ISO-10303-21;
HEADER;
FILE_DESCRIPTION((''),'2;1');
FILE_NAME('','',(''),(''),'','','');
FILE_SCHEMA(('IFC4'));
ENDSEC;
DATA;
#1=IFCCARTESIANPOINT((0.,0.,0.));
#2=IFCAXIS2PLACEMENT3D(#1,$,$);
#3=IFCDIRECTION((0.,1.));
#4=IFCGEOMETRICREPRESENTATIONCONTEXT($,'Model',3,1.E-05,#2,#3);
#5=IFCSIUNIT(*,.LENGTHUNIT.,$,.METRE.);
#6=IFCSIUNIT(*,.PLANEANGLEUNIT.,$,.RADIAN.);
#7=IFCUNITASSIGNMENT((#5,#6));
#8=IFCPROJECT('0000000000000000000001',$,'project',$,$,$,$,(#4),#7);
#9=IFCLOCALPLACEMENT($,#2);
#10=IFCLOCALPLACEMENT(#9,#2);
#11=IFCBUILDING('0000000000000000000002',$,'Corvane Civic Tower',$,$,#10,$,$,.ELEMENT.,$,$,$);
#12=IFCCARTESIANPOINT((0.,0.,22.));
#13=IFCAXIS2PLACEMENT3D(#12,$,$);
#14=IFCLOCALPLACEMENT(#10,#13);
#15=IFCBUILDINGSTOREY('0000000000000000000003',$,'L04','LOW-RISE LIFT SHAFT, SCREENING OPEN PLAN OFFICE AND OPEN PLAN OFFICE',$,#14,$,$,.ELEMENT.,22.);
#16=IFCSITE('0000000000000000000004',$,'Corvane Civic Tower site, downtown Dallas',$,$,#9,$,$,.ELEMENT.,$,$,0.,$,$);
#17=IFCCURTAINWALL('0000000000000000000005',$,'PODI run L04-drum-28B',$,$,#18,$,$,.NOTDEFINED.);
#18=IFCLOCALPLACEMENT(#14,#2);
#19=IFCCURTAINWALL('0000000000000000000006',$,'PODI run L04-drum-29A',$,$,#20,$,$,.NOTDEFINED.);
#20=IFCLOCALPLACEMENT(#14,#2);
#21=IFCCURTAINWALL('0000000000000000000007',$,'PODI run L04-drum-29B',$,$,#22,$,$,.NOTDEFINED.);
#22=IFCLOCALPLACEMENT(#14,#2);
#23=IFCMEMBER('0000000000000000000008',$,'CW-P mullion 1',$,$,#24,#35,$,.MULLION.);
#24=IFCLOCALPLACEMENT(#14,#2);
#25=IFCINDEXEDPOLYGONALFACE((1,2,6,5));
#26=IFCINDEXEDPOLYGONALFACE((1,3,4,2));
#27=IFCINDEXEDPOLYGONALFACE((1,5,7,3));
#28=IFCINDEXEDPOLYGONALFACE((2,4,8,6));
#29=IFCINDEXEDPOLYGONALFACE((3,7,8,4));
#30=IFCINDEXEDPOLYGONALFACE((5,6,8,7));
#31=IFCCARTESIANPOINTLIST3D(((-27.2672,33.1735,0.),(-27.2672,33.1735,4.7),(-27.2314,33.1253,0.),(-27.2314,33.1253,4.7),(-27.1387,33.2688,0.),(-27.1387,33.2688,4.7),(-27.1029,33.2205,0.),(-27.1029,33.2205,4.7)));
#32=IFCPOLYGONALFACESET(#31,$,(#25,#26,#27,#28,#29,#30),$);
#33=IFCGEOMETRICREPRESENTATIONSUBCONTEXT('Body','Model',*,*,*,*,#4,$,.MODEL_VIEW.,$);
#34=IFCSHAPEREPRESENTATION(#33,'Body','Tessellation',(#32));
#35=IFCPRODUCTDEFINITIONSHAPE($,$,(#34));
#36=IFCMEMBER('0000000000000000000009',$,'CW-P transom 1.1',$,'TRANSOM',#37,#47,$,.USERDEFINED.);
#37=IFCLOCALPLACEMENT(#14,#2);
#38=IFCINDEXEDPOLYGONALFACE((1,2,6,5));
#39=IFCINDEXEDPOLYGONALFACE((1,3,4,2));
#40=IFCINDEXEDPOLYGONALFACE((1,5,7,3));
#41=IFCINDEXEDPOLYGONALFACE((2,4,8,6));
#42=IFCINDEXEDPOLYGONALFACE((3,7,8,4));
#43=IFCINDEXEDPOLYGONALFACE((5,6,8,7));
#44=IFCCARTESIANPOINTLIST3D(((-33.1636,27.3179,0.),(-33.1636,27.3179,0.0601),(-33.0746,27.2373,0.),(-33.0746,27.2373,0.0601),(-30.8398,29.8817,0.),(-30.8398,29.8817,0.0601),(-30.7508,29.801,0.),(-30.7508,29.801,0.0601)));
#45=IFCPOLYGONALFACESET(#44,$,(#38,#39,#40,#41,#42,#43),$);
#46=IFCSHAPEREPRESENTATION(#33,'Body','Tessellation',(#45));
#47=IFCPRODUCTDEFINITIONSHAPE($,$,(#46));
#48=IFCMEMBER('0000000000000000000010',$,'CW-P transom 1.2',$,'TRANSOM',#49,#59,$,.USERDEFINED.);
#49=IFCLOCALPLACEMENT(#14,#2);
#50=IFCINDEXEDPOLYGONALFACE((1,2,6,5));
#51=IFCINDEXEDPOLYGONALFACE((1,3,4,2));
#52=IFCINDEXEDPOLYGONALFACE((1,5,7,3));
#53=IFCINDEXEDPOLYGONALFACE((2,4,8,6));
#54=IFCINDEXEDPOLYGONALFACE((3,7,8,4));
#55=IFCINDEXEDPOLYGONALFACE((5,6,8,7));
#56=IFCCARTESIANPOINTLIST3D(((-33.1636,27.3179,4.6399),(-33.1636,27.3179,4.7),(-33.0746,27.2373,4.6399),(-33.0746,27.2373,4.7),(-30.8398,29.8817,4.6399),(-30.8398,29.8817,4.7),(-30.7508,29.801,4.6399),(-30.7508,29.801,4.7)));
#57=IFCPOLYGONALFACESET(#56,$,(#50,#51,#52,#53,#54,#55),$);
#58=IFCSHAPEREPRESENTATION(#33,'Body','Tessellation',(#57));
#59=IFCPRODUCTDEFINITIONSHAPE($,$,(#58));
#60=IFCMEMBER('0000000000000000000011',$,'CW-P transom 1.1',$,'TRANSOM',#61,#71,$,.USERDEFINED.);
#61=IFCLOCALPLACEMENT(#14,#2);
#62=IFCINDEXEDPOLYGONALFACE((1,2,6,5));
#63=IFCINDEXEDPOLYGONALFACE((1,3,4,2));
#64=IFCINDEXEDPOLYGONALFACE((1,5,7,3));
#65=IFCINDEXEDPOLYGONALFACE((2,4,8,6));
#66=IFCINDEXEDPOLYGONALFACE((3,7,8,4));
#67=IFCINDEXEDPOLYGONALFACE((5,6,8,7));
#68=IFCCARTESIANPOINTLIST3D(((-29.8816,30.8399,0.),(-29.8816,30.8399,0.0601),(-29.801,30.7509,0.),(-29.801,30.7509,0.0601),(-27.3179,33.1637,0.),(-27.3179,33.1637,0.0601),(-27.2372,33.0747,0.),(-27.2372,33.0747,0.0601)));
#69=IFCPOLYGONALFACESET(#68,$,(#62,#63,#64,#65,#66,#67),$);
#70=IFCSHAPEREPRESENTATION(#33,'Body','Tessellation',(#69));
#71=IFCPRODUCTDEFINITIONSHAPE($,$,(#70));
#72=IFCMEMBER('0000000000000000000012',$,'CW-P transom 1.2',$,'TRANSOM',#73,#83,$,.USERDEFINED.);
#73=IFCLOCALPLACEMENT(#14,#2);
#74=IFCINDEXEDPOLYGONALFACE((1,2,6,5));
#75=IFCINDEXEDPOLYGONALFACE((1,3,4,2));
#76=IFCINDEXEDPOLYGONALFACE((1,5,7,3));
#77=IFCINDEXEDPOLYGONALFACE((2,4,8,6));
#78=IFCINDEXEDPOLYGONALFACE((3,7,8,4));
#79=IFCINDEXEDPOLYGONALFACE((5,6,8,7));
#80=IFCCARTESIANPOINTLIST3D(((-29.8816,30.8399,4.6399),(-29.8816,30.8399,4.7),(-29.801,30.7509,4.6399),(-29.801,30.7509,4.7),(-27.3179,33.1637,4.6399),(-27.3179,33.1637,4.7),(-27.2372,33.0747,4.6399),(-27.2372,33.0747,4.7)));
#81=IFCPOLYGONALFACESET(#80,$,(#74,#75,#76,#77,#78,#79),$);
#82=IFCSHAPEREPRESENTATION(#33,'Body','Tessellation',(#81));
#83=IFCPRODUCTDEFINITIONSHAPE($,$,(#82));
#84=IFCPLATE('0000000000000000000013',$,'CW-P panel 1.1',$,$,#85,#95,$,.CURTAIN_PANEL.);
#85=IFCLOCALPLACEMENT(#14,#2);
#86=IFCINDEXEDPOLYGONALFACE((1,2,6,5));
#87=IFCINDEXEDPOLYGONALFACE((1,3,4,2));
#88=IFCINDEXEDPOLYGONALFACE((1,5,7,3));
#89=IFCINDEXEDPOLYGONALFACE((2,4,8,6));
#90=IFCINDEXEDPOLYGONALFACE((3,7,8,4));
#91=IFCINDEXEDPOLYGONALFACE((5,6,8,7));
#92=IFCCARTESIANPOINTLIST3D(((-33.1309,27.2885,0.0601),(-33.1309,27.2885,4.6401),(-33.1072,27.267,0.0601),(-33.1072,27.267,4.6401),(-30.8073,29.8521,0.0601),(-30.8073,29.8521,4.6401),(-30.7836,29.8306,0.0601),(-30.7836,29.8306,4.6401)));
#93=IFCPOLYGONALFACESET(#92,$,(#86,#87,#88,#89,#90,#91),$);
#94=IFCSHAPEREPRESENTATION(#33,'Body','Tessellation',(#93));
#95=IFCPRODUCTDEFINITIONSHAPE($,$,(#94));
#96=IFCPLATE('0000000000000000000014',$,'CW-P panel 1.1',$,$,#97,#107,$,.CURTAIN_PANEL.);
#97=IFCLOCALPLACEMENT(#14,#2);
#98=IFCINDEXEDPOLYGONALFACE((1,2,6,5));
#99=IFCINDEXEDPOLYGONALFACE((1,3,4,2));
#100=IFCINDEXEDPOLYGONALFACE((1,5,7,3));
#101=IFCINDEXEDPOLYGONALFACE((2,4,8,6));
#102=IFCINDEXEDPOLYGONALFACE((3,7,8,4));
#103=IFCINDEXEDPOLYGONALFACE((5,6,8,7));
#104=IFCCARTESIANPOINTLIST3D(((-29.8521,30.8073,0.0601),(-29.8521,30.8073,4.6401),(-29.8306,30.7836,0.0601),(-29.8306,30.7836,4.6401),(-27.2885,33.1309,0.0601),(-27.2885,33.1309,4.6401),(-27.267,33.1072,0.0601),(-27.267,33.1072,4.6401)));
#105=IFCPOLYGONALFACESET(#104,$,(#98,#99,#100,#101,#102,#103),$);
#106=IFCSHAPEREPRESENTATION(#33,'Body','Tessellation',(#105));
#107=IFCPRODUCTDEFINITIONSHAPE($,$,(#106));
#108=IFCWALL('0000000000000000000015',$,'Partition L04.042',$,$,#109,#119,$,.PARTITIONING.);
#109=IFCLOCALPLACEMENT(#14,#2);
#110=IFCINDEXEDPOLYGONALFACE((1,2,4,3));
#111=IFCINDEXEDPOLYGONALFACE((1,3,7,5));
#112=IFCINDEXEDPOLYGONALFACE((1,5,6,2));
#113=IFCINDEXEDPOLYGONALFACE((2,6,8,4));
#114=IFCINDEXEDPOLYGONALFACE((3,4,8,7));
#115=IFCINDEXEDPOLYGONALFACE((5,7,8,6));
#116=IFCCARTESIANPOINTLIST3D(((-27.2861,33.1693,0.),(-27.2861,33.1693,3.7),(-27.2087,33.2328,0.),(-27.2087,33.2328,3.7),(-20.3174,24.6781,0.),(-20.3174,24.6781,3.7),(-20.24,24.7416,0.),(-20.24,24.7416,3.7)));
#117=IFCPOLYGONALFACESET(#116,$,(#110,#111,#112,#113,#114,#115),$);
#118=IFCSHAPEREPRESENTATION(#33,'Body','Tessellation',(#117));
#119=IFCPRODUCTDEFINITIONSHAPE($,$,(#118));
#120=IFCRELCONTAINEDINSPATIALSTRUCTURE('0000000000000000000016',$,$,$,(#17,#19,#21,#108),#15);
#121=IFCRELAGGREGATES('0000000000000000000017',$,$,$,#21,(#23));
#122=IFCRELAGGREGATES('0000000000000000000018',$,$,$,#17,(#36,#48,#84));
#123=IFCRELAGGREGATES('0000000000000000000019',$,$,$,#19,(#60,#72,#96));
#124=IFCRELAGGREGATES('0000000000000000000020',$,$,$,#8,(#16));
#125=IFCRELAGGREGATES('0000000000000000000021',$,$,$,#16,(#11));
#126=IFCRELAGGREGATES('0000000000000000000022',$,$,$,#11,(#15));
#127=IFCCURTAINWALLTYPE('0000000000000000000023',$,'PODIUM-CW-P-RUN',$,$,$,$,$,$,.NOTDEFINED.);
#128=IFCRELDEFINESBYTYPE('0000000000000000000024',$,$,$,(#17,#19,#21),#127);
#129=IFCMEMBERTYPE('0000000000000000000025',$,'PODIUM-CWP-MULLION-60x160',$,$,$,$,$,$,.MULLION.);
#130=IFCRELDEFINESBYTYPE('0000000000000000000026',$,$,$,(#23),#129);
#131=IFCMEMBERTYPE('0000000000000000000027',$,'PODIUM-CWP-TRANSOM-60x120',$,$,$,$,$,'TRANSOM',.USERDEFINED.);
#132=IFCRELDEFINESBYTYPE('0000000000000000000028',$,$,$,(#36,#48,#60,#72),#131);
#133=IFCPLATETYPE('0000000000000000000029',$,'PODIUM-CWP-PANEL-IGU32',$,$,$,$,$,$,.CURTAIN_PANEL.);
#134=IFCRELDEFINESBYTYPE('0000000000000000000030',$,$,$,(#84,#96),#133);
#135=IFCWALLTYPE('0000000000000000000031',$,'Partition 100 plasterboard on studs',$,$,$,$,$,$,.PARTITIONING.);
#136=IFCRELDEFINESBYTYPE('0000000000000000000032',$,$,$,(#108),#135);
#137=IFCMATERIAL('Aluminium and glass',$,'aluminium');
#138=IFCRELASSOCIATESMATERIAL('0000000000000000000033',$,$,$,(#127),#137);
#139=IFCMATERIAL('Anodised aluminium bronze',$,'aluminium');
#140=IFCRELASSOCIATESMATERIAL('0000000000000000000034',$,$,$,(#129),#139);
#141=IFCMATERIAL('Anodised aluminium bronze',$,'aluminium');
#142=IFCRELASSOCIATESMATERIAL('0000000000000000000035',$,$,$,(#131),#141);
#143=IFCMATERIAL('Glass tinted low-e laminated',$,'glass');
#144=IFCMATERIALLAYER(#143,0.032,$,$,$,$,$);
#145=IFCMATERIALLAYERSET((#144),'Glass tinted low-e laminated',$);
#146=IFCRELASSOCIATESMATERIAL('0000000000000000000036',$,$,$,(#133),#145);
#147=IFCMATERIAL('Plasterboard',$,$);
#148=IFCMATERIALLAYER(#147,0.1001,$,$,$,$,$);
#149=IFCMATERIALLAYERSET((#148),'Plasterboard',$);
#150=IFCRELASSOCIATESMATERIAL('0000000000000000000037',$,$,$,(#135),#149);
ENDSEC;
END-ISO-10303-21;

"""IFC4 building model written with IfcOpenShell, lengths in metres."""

from ifc_helpers import new_model, si_unit, direction, frame, frame_2d, origin, origin_2d, place, context, subcontext, project, spatial, rectangle, extrude, material, layer, layer_set, material_profile, profile_set, type_object, element, aggregate, save


model = new_model("IFC4")

# Units and contexts
model_context = context("Model", 3, precision=1e-05, world=origin(), true_north=direction((0.0, 1.0)))
body_context = subcontext(model_context, "Body", "Model", "MODEL_VIEW")
ifc_project = project(units=[si_unit("LENGTHUNIT", "METRE"), si_unit("PLANEANGLEUNIT", "RADIAN")], contexts=[model_context])

# Site, building, storey
site_placement = place(None, origin())
site = spatial("IfcSite", under=ifc_project, at=site_placement, Name="Corvane Civic Tower site, downtown Dallas", CompositionType="ELEMENT", RefElevation=0.0)
building_placement = place(site_placement, origin())
building = spatial("IfcBuilding", under=site, at=building_placement, Name="Corvane Civic Tower", CompositionType="ELEMENT")
storey_placement = place(building_placement, frame((0.0, 0.0, 22.0)))
storey = spatial("IfcBuildingStorey", under=building, at=storey_placement, Name="L04", Description="LOW-RISE LIFT SHAFT, SCREENING OPEN PLAN OFFICE AND OPEN PLAN OFFICE", CompositionType="ELEMENT", Elevation=22.0)

# Curtain walls
ifc_material_1 = material(Name="Aluminium and glass", Category="aluminium")
curtain_wall_type = type_object("IfcCurtainWallType", Name="PODIUM-CW-P-RUN", PredefinedType="NOTDEFINED", material=ifc_material_1)
curtain_wall_1_placement = place(storey_placement, origin())
curtain_wall_1 = element("IfcCurtainWall", 1, at=curtain_wall_1_placement, inside=storey, type_object=curtain_wall_type, Name="PODI run L04-drum-28B", PredefinedType="NOTDEFINED")
ifc_material_2 = material(Name="Anodised aluminium bronze", Category="aluminium")
ifc_material_profile_1 = material_profile(ifc_material_2, rectangle(XDim=0.0601, YDim=0.1599, at=origin_2d()), Name="AL 60x160")
ifc_profile_set_1 = profile_set([ifc_material_profile_1], Name="Anodised aluminium bronze")
member_type_1 = type_object("IfcMemberType", Name="PODIUM-CWP-MULLION-60x160", PredefinedType="MULLION", material=ifc_profile_set_1)
curtain_wall_2_placement = place(storey_placement, origin())
curtain_wall_2 = element("IfcCurtainWall", 2, at=curtain_wall_2_placement, inside=storey, type_object=curtain_wall_type, Name="PODI run L04-drum-29A", PredefinedType="NOTDEFINED")

# Curtain wall, member
curtain_wall_3_placement = place(storey_placement, origin())
curtain_wall_3 = element("IfcCurtainWall", 3, at=curtain_wall_3_placement, inside=storey, type_object=curtain_wall_type, Name="PODI run L04-drum-29B", PredefinedType="NOTDEFINED")
member_1_placement = place(storey_placement, frame((-27.1851, 33.197, 0.0), z_axis=(0.0, 0.0, 1.0), x_axis=(-0.595705, 0.803203, 0.0)))
member_1 = element("IfcMember", 4, at=member_1_placement, type_object=member_type_1, Name="CW-P mullion 1", PredefinedType="MULLION", context=body_context, shape_type="SweptSolid", body=[
    extrude(rectangle(XDim=0.0601, YDim=0.1599, at=origin_2d()), origin(), (0.0, 0.0, 1.0), 4.7),
])
aggregate(curtain_wall_3, [member_1])

# Members
ifc_material_3 = material(Name="Anodised aluminium bronze", Category="aluminium")
ifc_material_profile_2 = material_profile(ifc_material_3, rectangle(XDim=0.1201, YDim=0.0601, at=origin_2d()), Name="AL 120x60")
ifc_profile_set_2 = profile_set([ifc_material_profile_2], Name="Anodised aluminium bronze")
member_type_2 = type_object("IfcMemberType", Name="PODIUM-CWP-TRANSOM-60x120", ElementType="TRANSOM", PredefinedType="USERDEFINED", material=ifc_profile_set_2)
member_2_placement = place(storey_placement, frame((-33.1191, 27.2776, 0.03), z_axis=(0.671576, 0.740935, 0.0), x_axis=(-0.740935, 0.671576, 0.0)))
member_2 = element("IfcMember", 5, at=member_2_placement, type_object=member_type_2, Name="CW-P transom 1.1", ObjectType="TRANSOM", PredefinedType="USERDEFINED", context=body_context, shape_type="SweptSolid", body=[
    extrude(rectangle(XDim=0.1201, YDim=0.0601, at=origin_2d()), origin(), (0.0, 0.0, 1.0), 3.4602),
])
member_3_placement = place(storey_placement, frame((-33.1191, 27.2776, 4.6699), z_axis=(0.671576, 0.740935, 0.0), x_axis=(-0.740935, 0.671576, 0.0)))
member_3 = element("IfcMember", 6, at=member_3_placement, type_object=member_type_2, Name="CW-P transom 1.2", ObjectType="TRANSOM", PredefinedType="USERDEFINED", context=body_context, shape_type="SweptSolid", body=[
    extrude(rectangle(XDim=0.1201, YDim=0.0601, at=origin_2d()), origin(), (0.0, 0.0, 1.0), 3.4602),
])
member_4_placement = place(storey_placement, frame((-29.8413, 30.7954, 0.03), z_axis=(0.740935, 0.671576, 0.0), x_axis=(-0.671576, 0.740935, 0.0)))
member_4 = element("IfcMember", 7, at=member_4_placement, type_object=member_type_2, Name="CW-P transom 1.1", ObjectType="TRANSOM", PredefinedType="USERDEFINED", context=body_context, shape_type="SweptSolid", body=[
    extrude(rectangle(XDim=0.1201, YDim=0.0601, at=origin_2d()), origin(), (0.0, 0.0, 1.0), 3.4602),
])
member_5_placement = place(storey_placement, frame((-29.8413, 30.7954, 4.6699), z_axis=(0.740935, 0.671576, 0.0), x_axis=(-0.671576, 0.740935, 0.0)))
member_5 = element("IfcMember", 8, at=member_5_placement, type_object=member_type_2, Name="CW-P transom 1.2", ObjectType="TRANSOM", PredefinedType="USERDEFINED", context=body_context, shape_type="SweptSolid", body=[
    extrude(rectangle(XDim=0.1201, YDim=0.0601, at=origin_2d()), origin(), (0.0, 0.0, 1.0), 3.4602),
])

# Plates
ifc_material_4 = material(Name="Glass tinted low-e laminated", Category="glass")
ifc_layer_1 = layer(ifc_material_4, 0.032)
ifc_layer_set_1 = layer_set([ifc_layer_1], Name="Glass tinted low-e laminated")
plate_type = type_object("IfcPlateType", Name="PODIUM-CWP-PANEL-IGU32", PredefinedType="CURTAIN_PANEL", material=ifc_layer_set_1)
plate_1_placement = place(storey_placement, frame((-31.9573, 28.5596, 0.0601), z_axis=(0.0, 0.0, 1.0), x_axis=(0.671576, 0.740935, 0.0)))
plate_1 = element("IfcPlate", 9, at=plate_1_placement, type_object=plate_type, Name="CW-P panel 1.1", PredefinedType="CURTAIN_PANEL", context=body_context, shape_type="SweptSolid", body=[
    extrude(rectangle(XDim=3.46, YDim=0.032, at=origin_2d()), origin(), (0.0, 0.0, 1.0), 4.5801),
])
aggregate(curtain_wall_1, [member_2, member_3, plate_1])
plate_2_placement = place(storey_placement, frame((-28.5596, 31.9573, 0.0601), z_axis=(0.0, 0.0, 1.0), x_axis=(0.740935, 0.671576, 0.0)))
plate_2 = element("IfcPlate", 10, at=plate_2_placement, type_object=plate_type, Name="CW-P panel 1.1", PredefinedType="CURTAIN_PANEL", context=body_context, shape_type="SweptSolid", body=[
    extrude(rectangle(XDim=3.46, YDim=0.032, at=origin_2d()), origin(), (0.0, 0.0, 1.0), 4.5801),
])
aggregate(curtain_wall_2, [member_4, member_5, plate_2])

# Wall
ifc_material_5 = material(Name="Plasterboard")
ifc_layer_2 = layer(ifc_material_5, 0.1001)
ifc_layer_set_2 = layer_set([ifc_layer_2], Name="Plasterboard")
wall_type_1 = type_object("IfcWallType", Name="Partition 100 plasterboard on studs", PredefinedType="PARTITIONING", material=ifc_layer_set_2)
wall_1_placement = place(storey_placement, frame((-27.2473, 33.2009, 0.0), z_axis=(0.0, 0.0, 1.0), x_axis=(0.634404, -0.773002, 0.0)))
element("IfcWall", 11, at=wall_1_placement, inside=storey, type_object=wall_type_1, Name="Partition L04.042", PredefinedType="PARTITIONING", context=body_context, shape_type="SweptSolid", body=[
    extrude(rectangle(XDim=10.9846, YDim=0.1001, at=frame_2d((5.4922, 0.0))), origin(), (0.0, 0.0, 1.0), 3.7),
])

save(model, "model.ifc")
